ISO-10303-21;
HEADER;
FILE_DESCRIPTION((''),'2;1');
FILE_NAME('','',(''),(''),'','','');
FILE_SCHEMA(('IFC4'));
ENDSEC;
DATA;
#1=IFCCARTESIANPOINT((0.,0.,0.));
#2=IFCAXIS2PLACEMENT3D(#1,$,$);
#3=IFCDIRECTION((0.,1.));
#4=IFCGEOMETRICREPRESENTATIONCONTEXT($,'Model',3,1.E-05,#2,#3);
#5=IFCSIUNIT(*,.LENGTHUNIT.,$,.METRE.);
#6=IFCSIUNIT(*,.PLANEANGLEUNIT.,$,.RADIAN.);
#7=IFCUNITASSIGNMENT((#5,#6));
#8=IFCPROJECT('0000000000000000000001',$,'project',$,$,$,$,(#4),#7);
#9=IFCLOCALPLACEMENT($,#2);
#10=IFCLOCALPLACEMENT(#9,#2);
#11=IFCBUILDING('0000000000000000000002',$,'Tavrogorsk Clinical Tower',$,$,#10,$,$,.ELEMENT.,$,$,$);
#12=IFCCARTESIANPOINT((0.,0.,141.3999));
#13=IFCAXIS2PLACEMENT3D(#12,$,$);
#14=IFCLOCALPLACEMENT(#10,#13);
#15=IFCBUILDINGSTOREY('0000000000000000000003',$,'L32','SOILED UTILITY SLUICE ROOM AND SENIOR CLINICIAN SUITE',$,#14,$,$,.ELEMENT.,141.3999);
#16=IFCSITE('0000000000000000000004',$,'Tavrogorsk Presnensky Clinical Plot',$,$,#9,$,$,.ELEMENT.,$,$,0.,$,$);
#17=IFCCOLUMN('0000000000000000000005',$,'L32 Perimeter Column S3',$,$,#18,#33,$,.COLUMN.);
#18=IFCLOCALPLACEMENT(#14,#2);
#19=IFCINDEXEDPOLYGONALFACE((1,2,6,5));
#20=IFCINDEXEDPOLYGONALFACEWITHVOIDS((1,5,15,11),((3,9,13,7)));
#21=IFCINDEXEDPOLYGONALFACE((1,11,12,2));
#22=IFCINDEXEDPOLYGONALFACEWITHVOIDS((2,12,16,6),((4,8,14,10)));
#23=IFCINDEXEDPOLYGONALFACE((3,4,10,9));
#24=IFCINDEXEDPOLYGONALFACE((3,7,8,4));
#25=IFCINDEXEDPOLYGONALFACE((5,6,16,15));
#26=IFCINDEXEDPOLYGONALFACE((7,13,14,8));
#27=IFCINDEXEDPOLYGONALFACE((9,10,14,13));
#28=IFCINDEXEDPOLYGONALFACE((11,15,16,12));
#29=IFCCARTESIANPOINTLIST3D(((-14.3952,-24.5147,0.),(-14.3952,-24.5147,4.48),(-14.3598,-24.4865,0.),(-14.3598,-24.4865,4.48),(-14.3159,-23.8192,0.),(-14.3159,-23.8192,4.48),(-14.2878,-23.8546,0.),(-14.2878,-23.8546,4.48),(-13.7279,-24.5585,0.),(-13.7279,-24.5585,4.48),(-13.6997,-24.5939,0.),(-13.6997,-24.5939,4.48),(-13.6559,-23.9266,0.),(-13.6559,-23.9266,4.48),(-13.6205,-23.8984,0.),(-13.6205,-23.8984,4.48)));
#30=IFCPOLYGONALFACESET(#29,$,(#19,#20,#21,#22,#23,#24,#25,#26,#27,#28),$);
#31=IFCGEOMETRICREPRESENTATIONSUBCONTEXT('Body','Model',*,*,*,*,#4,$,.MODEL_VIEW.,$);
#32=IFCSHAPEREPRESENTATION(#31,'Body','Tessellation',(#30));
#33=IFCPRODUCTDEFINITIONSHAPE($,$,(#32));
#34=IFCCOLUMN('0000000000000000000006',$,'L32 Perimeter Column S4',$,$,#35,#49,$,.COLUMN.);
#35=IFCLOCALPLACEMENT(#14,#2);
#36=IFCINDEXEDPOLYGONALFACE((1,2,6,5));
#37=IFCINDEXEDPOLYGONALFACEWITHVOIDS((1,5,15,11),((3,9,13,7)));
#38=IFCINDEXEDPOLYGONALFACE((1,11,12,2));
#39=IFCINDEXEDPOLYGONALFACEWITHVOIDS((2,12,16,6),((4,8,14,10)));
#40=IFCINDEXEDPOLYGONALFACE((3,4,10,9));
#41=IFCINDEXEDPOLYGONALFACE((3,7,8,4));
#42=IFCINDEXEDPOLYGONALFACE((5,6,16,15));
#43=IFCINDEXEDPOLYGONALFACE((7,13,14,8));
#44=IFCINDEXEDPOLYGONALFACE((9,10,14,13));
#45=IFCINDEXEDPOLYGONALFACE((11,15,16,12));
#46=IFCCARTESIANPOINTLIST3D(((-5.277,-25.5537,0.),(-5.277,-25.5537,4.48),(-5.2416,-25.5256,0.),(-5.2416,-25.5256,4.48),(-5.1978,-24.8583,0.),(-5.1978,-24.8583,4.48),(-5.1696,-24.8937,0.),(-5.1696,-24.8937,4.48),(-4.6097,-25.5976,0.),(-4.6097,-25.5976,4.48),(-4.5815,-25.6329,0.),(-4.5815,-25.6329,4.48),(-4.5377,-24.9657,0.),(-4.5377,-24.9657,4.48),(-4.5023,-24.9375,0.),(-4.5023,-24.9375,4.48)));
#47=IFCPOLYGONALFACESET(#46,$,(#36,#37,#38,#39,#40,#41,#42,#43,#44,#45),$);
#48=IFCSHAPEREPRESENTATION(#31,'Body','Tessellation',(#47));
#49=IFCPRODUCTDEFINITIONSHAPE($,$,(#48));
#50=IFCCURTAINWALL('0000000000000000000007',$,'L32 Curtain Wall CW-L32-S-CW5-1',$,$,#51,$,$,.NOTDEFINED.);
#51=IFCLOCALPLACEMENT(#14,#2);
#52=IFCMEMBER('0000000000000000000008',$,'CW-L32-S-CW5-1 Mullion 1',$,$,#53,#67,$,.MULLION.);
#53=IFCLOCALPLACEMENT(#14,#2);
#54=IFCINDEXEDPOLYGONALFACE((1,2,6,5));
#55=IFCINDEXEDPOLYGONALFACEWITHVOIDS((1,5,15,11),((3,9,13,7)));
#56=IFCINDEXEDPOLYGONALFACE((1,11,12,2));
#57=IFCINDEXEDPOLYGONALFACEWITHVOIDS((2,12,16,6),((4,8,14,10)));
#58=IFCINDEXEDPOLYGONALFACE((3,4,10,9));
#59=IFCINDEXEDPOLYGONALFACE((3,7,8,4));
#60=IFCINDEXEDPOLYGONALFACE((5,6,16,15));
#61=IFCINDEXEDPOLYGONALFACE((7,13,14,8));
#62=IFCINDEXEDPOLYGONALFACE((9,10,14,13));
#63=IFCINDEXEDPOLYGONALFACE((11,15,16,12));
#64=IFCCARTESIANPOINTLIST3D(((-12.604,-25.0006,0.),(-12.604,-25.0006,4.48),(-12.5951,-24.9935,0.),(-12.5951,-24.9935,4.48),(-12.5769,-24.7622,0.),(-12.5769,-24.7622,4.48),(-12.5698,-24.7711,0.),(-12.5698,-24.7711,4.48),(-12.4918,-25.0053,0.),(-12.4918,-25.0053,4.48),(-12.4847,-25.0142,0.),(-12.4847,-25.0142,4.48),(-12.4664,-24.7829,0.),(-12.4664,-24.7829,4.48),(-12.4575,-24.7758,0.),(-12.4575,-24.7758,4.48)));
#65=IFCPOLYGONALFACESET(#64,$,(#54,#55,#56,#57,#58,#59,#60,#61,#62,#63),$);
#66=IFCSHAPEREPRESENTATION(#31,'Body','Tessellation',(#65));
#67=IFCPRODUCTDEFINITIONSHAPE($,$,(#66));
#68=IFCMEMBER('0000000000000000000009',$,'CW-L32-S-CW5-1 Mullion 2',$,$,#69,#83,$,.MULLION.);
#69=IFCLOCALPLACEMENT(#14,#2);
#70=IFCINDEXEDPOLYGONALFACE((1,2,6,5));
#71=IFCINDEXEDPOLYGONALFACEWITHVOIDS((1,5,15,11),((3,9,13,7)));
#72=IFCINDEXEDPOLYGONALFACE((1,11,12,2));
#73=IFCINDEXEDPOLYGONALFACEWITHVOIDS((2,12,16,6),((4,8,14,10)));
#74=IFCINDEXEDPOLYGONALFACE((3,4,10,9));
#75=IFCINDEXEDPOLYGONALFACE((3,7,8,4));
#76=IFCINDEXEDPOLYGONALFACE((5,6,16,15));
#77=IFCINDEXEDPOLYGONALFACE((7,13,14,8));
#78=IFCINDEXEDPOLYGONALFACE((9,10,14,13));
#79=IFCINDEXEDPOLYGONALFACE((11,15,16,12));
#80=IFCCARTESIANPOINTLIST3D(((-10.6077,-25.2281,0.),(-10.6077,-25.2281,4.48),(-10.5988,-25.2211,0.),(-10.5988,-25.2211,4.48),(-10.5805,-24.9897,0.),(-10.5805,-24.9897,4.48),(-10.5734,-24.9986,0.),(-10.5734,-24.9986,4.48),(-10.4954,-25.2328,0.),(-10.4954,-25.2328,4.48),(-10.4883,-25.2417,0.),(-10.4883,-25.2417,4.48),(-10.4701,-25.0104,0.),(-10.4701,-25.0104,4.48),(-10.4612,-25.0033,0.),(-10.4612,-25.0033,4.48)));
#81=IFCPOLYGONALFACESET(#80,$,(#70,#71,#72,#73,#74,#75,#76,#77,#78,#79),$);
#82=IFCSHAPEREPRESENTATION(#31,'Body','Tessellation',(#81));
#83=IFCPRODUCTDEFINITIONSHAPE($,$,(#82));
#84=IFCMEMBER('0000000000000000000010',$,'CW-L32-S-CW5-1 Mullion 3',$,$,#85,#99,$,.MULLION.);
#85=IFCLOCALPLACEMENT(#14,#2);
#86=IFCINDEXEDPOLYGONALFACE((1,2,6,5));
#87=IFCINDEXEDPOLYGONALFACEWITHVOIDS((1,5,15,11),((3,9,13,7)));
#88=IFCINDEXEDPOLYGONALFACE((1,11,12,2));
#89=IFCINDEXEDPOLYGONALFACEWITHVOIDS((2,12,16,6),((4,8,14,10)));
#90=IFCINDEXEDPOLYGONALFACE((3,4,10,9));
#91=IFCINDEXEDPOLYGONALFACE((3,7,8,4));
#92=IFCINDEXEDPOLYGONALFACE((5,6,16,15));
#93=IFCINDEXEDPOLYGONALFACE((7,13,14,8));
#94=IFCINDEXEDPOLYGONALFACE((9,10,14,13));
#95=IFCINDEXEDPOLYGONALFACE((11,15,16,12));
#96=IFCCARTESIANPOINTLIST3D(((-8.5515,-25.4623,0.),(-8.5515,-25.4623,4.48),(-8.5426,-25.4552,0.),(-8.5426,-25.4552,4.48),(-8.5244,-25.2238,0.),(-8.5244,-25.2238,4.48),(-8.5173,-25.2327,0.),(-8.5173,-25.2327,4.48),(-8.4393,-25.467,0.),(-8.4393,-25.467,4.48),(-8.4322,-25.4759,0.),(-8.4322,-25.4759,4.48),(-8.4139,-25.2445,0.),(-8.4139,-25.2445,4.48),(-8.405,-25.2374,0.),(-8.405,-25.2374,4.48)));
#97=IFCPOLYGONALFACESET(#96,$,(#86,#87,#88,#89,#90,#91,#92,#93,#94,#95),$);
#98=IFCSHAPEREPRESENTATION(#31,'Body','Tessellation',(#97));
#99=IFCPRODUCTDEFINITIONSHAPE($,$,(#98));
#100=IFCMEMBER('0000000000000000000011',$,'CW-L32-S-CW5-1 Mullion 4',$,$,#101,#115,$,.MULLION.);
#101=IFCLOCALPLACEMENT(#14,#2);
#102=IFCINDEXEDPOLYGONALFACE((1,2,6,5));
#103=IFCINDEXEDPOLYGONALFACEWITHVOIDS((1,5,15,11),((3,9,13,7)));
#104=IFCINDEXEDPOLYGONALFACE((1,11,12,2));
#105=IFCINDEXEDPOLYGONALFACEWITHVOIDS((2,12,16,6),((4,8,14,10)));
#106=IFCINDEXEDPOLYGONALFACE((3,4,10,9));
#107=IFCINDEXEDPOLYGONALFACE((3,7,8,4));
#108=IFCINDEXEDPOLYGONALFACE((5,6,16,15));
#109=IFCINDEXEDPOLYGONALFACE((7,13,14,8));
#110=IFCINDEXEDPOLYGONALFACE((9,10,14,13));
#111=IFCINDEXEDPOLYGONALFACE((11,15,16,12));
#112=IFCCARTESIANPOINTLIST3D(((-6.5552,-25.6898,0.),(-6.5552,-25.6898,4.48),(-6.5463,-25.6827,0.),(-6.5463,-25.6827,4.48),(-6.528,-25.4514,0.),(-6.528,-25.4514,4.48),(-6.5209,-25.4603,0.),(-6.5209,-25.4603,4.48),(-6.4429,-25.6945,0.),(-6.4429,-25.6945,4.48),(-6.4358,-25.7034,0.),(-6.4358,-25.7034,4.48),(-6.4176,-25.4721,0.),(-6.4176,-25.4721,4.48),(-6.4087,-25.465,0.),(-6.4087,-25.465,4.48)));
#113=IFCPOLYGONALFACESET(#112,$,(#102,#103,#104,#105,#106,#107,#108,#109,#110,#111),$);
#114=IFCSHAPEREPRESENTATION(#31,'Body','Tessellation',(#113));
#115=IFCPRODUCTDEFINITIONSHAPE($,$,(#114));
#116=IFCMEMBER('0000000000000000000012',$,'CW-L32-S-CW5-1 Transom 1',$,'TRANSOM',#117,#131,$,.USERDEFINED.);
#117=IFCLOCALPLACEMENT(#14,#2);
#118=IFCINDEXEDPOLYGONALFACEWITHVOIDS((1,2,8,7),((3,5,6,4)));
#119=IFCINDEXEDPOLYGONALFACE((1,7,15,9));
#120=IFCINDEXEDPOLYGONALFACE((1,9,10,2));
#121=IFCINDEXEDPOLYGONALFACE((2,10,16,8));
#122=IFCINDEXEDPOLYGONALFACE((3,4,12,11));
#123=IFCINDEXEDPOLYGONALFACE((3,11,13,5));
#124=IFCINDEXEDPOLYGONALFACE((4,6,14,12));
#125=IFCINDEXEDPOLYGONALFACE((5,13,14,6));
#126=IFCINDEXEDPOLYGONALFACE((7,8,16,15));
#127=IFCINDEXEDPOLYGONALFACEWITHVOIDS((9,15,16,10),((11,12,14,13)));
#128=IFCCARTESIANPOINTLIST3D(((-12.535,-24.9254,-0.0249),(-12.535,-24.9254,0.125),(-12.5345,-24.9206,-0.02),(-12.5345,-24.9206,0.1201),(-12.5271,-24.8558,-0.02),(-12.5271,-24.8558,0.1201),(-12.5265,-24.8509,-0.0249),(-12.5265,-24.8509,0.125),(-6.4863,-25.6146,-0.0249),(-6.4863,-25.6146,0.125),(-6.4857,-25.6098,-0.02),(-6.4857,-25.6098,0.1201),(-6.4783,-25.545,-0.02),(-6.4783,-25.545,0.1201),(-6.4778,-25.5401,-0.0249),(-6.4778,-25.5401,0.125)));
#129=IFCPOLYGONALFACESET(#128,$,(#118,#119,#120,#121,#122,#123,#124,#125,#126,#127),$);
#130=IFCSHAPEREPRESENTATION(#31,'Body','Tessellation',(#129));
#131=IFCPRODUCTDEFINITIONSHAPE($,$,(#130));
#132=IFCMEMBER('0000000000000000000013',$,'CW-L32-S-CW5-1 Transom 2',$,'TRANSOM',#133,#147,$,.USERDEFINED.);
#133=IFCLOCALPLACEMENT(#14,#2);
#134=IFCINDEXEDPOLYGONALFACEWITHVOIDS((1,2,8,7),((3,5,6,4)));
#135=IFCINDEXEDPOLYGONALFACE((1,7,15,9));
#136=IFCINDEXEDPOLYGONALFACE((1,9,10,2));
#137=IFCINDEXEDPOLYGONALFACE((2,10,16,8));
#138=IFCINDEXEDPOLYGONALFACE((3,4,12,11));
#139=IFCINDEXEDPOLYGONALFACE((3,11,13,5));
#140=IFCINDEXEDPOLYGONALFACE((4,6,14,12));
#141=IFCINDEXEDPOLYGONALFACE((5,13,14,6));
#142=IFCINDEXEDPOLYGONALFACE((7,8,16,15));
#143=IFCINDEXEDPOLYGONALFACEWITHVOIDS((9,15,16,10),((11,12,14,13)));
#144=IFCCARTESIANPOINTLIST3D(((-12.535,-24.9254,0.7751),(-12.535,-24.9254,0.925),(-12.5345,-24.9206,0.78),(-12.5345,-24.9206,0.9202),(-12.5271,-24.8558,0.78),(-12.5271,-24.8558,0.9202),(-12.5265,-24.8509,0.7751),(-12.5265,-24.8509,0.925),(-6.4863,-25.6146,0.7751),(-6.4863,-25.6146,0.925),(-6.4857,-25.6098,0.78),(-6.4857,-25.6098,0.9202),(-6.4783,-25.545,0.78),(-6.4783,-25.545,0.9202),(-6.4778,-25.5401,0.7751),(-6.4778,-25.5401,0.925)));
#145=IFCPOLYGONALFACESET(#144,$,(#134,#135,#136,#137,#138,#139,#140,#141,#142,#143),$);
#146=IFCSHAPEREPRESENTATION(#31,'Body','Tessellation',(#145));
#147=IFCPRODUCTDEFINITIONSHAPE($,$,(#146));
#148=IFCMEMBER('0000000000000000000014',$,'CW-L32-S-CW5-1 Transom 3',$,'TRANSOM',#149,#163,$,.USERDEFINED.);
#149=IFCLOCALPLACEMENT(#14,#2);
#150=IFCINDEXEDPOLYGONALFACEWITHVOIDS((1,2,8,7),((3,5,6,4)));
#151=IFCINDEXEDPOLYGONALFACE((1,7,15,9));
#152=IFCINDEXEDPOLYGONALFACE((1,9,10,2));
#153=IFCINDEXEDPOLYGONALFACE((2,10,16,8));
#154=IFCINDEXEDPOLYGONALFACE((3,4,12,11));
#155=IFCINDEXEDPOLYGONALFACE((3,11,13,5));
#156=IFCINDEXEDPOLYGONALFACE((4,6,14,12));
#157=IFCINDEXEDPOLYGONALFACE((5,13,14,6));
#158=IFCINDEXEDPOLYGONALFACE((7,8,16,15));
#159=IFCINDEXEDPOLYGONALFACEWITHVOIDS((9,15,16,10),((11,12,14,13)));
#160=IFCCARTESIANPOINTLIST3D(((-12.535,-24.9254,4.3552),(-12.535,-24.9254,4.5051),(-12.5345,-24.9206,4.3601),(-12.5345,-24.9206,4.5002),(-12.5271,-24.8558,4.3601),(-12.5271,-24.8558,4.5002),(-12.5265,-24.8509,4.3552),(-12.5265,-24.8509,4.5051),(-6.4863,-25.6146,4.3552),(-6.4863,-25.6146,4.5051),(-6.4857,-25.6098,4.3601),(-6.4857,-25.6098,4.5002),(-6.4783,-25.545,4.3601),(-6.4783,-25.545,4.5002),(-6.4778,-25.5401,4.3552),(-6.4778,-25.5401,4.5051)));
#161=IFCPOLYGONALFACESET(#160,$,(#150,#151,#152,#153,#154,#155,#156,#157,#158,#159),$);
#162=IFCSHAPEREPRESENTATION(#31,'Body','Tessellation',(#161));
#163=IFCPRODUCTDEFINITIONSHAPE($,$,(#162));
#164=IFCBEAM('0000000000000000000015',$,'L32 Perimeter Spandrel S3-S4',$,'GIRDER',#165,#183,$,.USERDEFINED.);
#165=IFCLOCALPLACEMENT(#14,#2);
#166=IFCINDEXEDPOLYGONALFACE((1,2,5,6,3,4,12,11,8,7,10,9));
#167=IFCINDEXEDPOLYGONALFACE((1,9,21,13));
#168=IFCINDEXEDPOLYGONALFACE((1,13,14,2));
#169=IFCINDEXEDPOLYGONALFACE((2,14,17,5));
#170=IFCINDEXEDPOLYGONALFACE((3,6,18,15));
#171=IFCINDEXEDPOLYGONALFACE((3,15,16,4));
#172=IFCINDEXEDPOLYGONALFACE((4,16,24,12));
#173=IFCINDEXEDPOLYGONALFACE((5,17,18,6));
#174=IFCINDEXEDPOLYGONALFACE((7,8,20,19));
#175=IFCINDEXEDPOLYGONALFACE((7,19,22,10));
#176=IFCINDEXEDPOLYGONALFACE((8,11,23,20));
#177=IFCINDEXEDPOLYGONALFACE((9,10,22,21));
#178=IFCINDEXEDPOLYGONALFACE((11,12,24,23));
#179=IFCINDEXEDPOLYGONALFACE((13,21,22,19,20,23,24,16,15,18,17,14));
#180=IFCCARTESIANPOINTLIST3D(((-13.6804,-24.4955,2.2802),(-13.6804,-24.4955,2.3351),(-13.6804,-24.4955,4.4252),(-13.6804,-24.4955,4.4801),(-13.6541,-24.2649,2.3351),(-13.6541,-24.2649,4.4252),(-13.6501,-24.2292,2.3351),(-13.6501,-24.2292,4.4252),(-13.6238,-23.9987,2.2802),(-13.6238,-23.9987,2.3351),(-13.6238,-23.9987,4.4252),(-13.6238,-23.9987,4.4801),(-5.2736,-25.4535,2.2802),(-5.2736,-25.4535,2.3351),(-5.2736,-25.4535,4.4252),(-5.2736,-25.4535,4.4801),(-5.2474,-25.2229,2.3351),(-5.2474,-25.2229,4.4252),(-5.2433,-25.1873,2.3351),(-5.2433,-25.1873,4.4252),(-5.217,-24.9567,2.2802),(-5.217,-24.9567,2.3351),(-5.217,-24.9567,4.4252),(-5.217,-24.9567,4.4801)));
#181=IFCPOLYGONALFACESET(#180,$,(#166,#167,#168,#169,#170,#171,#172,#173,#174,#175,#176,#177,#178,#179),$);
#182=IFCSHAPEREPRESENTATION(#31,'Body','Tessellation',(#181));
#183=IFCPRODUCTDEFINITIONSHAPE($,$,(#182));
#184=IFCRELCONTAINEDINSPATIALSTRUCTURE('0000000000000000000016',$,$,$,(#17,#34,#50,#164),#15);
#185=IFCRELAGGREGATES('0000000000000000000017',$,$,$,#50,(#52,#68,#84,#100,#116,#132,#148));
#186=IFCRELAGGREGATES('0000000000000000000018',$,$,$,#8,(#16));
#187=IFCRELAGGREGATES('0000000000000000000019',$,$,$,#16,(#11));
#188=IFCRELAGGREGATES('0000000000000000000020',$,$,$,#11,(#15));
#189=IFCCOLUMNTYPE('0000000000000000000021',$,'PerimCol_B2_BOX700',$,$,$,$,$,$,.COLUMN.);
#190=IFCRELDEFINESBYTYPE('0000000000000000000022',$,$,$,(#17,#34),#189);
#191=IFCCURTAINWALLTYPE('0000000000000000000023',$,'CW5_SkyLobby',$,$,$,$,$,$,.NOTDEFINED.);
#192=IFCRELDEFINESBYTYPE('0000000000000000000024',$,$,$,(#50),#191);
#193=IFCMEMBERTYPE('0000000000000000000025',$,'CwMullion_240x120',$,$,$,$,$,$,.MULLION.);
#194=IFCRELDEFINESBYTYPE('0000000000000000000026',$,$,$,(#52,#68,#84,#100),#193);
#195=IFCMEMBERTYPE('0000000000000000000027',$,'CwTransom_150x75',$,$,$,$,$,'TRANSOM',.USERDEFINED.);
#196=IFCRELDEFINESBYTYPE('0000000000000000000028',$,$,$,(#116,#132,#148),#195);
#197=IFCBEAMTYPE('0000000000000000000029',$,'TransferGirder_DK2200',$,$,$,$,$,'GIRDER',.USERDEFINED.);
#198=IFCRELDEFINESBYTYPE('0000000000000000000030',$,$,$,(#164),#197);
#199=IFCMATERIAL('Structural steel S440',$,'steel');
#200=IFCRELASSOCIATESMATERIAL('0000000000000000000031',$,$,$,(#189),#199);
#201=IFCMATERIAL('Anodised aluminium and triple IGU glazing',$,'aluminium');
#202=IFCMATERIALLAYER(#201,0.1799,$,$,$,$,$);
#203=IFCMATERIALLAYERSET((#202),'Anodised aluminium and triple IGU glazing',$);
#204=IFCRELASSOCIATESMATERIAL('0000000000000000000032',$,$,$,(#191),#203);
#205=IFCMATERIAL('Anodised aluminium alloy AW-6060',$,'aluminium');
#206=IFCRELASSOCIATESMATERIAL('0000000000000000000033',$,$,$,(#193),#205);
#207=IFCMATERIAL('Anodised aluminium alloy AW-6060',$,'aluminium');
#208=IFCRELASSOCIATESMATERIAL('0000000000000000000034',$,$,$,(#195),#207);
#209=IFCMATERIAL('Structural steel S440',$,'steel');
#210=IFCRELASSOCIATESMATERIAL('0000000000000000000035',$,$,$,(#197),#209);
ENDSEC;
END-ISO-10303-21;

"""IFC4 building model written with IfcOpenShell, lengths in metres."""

from ifc_helpers import new_model, si_unit, direction, frame, origin, origin_2d, place, context, subcontext, project, spatial, hollow_rectangle, i_section, extrude, material, layer, layer_set, material_profile, profile_set, type_object, element, aggregate, save


model = new_model("IFC4")

# Units and contexts
model_context = context("Model", 3, precision=1e-05, world=origin(), true_north=direction((0.0, 1.0)))
body_context = subcontext(model_context, "Body", "Model", "MODEL_VIEW")
ifc_project = project(units=[si_unit("LENGTHUNIT", "METRE"), si_unit("PLANEANGLEUNIT", "RADIAN")], contexts=[model_context])

# Site, building, storey
site_placement = place(None, origin())
site = spatial("IfcSite", under=ifc_project, at=site_placement, Name="Tavrogorsk Presnensky Clinical Plot", CompositionType="ELEMENT", RefElevation=0.0)
building_placement = place(site_placement, origin())
building = spatial("IfcBuilding", under=site, at=building_placement, Name="Tavrogorsk Clinical Tower", CompositionType="ELEMENT")
storey_placement = place(building_placement, frame((0.0, 0.0, 141.3999)))
storey = spatial("IfcBuildingStorey", under=building, at=storey_placement, Name="L32", Description="SOILED UTILITY SLUICE ROOM AND SENIOR CLINICIAN SUITE", CompositionType="ELEMENT", Elevation=141.3999)

# Columns
ifc_material_1 = material(Name="Structural steel S440", Category="steel")
ifc_material_profile_1 = material_profile(ifc_material_1, hollow_rectangle(XDim=0.7, YDim=0.7, WallThickness=0.032, at=origin_2d()), Name="BOX-700x700x32")
ifc_profile_set_1 = profile_set([ifc_material_profile_1], Name="Structural steel S440")
column_type = type_object("IfcColumnType", Name="PerimCol_B2_BOX700", PredefinedType="COLUMN", material=ifc_profile_set_1)
for number, where, z_axis, x_axis, name in (
    (1, (-14.0078, -24.2065, 0.0), (0.0, 0.0, 1.0), (0.993572, -0.113203, 0.0), "L32 Perimeter Column S3"),
    (2, (-4.8896, -25.2456, 0.0), (0.0, 0.0, 1.0), (0.993572, -0.113203, 0.0), "L32 Perimeter Column S4"),
):
    element("IfcColumn", number, at=place(storey_placement, frame(where, z_axis=z_axis, x_axis=x_axis)), inside=storey, type_object=column_type, Name=name, PredefinedType="COLUMN", context=body_context, shape_type="SweptSolid", body=[
        extrude(hollow_rectangle(XDim=0.7, YDim=0.7, WallThickness=0.032, at=origin_2d()), origin(), (0.0, 0.0, 1.0), 4.48),
    ])

# Curtain wall, members
ifc_material_2 = material(Name="Anodised aluminium and triple IGU glazing", Category="aluminium")
ifc_layer_1 = layer(ifc_material_2, 0.1799)
ifc_layer_set_1 = layer_set([ifc_layer_1], Name="Anodised aluminium and triple IGU glazing")
curtain_wall_type = type_object("IfcCurtainWallType", Name="CW5_SkyLobby", PredefinedType="NOTDEFINED", material=ifc_layer_set_1)
curtain_wall_placement = place(storey_placement, origin())
curtain_wall = element("IfcCurtainWall", 3, at=curtain_wall_placement, inside=storey, type_object=curtain_wall_type, Name="L32 Curtain Wall CW-L32-S-CW5-1", PredefinedType="NOTDEFINED")
ifc_material_3 = material(Name="Anodised aluminium alloy AW-6060", Category="aluminium")
ifc_material_profile_2 = material_profile(ifc_material_3, hollow_rectangle(XDim=0.1201, YDim=0.24, WallThickness=0.0081, at=origin_2d()), Name="RHS-240x120x8")
ifc_profile_set_2 = profile_set([ifc_material_profile_2], Name="Anodised aluminium alloy AW-6060")
member_type_1 = type_object("IfcMemberType", Name="CwMullion_240x120", PredefinedType="MULLION", material=ifc_profile_set_2)
member_1_placement = place(storey_placement, frame((-12.5308, -24.8882, 0.0), z_axis=(0.0, 0.0, 1.0), x_axis=(0.993572, -0.113203, 0.0)))
member_1 = element("IfcMember", 4, at=member_1_placement, type_object=member_type_1, Name="CW-L32-S-CW5-1 Mullion 1", PredefinedType="MULLION", context=body_context, shape_type="SweptSolid", body=[
    extrude(hollow_rectangle(XDim=0.1201, YDim=0.24, WallThickness=0.0081, at=origin_2d()), origin(), (0.0, 0.0, 1.0), 4.48),
])
member_2_placement = place(storey_placement, frame((-10.5344, -25.1157, 0.0), z_axis=(0.0, 0.0, 1.0), x_axis=(0.993572, -0.113203, 0.0)))
member_2 = element("IfcMember", 5, at=member_2_placement, type_object=member_type_1, Name="CW-L32-S-CW5-1 Mullion 2", PredefinedType="MULLION", context=body_context, shape_type="SweptSolid", body=[
    extrude(hollow_rectangle(XDim=0.1201, YDim=0.24, WallThickness=0.0081, at=origin_2d()), origin(), (0.0, 0.0, 1.0), 4.48),
])
member_3_placement = place(storey_placement, frame((-8.4783, -25.3499, 0.0), z_axis=(0.0, 0.0, 1.0), x_axis=(0.993572, -0.113203, 0.0)))
member_3 = element("IfcMember", 6, at=member_3_placement, type_object=member_type_1, Name="CW-L32-S-CW5-1 Mullion 3", PredefinedType="MULLION", context=body_context, shape_type="SweptSolid", body=[
    extrude(hollow_rectangle(XDim=0.1201, YDim=0.24, WallThickness=0.0081, at=origin_2d()), origin(), (0.0, 0.0, 1.0), 4.48),
])
member_4_placement = place(storey_placement, frame((-6.4819, -25.5774, 0.0), z_axis=(0.0, 0.0, 1.0), x_axis=(0.993572, -0.113203, 0.0)))
member_4 = element("IfcMember", 7, at=member_4_placement, type_object=member_type_1, Name="CW-L32-S-CW5-1 Mullion 4", PredefinedType="MULLION", context=body_context, shape_type="SweptSolid", body=[
    extrude(hollow_rectangle(XDim=0.1201, YDim=0.24, WallThickness=0.0081, at=origin_2d()), origin(), (0.0, 0.0, 1.0), 4.48),
])
ifc_material_4 = material(Name="Anodised aluminium alloy AW-6060", Category="aluminium")
ifc_material_profile_3 = material_profile(ifc_material_4, hollow_rectangle(XDim=0.075, YDim=0.1499, WallThickness=0.0049, at=origin_2d()), Name="RHS-150x75x5")
ifc_profile_set_3 = profile_set([ifc_material_profile_3], Name="Anodised aluminium alloy AW-6060")
member_type_2 = type_object("IfcMemberType", Name="CwTransom_150x75", ElementType="TRANSOM", PredefinedType="USERDEFINED", material=ifc_profile_set_3)
member_5_placement = place(storey_placement, frame((-12.5308, -24.8882, 0.05), z_axis=(0.993571, -0.113208, 0.0), x_axis=(0.113208, 0.993571, 0.0)))
member_5 = element("IfcMember", 8, at=member_5_placement, type_object=member_type_2, Name="CW-L32-S-CW5-1 Transom 1", ObjectType="TRANSOM", PredefinedType="USERDEFINED", context=body_context, shape_type="SweptSolid", body=[
    extrude(hollow_rectangle(XDim=0.075, YDim=0.1499, WallThickness=0.0049, at=origin_2d()), origin(), (0.0, 0.0, 1.0), 6.0879),
])
member_6_placement = place(storey_placement, frame((-12.5308, -24.8882, 0.8501), z_axis=(0.993571, -0.113208, 0.0), x_axis=(0.113208, 0.993571, 0.0)))
member_6 = element("IfcMember", 9, at=member_6_placement, type_object=member_type_2, Name="CW-L32-S-CW5-1 Transom 2", ObjectType="TRANSOM", PredefinedType="USERDEFINED", context=body_context, shape_type="SweptSolid", body=[
    extrude(hollow_rectangle(XDim=0.075, YDim=0.1499, WallThickness=0.0049, at=origin_2d()), origin(), (0.0, 0.0, 1.0), 6.0879),
])
member_7_placement = place(storey_placement, frame((-12.5308, -24.8882, 4.4302), z_axis=(0.993571, -0.113208, 0.0), x_axis=(0.113208, 0.993571, 0.0)))
member_7 = element("IfcMember", 10, at=member_7_placement, type_object=member_type_2, Name="CW-L32-S-CW5-1 Transom 3", ObjectType="TRANSOM", PredefinedType="USERDEFINED", context=body_context, shape_type="SweptSolid", body=[
    extrude(hollow_rectangle(XDim=0.075, YDim=0.1499, WallThickness=0.0049, at=origin_2d()), origin(), (0.0, 0.0, 1.0), 6.0879),
])

# Beam
ifc_material_5 = material(Name="Structural steel S440", Category="steel")
ifc_material_profile_4 = material_profile(ifc_material_5, i_section(OverallWidth=0.5, OverallDepth=2.2, WebThickness=0.0359, FlangeThickness=0.0549, at=origin_2d()), Name="DK-2200x500x36x55")
ifc_profile_set_4 = profile_set([ifc_material_profile_4], Name="Structural steel S440")
beam_type = type_object("IfcBeamType", Name="TransferGirder_DK2200", ElementType="GIRDER", PredefinedType="USERDEFINED", material=ifc_profile_set_4)
for number, where, z_axis, x_axis, name in (
    (11, (-13.6521, -24.2471, 3.3801), (0.993569, -0.113224, 0.0), (0.113224, 0.993569, 0.0), "L32 Perimeter Spandrel S3-S4"),
):
    element("IfcBeam", number, at=place(storey_placement, frame(where, z_axis=z_axis, x_axis=x_axis)), inside=storey, type_object=beam_type, Name=name, ObjectType="GIRDER", PredefinedType="USERDEFINED", context=body_context, shape_type="SweptSolid", body=[
        extrude(i_section(OverallWidth=0.5, OverallDepth=2.2, WebThickness=0.0359, FlangeThickness=0.0549, at=origin_2d()), origin(), (0.0, 0.0, 1.0), 8.4612),
    ])

aggregate(curtain_wall, [member_1, member_2, member_3, member_4, member_5, member_6, member_7])

save(model, "model.ifc")
